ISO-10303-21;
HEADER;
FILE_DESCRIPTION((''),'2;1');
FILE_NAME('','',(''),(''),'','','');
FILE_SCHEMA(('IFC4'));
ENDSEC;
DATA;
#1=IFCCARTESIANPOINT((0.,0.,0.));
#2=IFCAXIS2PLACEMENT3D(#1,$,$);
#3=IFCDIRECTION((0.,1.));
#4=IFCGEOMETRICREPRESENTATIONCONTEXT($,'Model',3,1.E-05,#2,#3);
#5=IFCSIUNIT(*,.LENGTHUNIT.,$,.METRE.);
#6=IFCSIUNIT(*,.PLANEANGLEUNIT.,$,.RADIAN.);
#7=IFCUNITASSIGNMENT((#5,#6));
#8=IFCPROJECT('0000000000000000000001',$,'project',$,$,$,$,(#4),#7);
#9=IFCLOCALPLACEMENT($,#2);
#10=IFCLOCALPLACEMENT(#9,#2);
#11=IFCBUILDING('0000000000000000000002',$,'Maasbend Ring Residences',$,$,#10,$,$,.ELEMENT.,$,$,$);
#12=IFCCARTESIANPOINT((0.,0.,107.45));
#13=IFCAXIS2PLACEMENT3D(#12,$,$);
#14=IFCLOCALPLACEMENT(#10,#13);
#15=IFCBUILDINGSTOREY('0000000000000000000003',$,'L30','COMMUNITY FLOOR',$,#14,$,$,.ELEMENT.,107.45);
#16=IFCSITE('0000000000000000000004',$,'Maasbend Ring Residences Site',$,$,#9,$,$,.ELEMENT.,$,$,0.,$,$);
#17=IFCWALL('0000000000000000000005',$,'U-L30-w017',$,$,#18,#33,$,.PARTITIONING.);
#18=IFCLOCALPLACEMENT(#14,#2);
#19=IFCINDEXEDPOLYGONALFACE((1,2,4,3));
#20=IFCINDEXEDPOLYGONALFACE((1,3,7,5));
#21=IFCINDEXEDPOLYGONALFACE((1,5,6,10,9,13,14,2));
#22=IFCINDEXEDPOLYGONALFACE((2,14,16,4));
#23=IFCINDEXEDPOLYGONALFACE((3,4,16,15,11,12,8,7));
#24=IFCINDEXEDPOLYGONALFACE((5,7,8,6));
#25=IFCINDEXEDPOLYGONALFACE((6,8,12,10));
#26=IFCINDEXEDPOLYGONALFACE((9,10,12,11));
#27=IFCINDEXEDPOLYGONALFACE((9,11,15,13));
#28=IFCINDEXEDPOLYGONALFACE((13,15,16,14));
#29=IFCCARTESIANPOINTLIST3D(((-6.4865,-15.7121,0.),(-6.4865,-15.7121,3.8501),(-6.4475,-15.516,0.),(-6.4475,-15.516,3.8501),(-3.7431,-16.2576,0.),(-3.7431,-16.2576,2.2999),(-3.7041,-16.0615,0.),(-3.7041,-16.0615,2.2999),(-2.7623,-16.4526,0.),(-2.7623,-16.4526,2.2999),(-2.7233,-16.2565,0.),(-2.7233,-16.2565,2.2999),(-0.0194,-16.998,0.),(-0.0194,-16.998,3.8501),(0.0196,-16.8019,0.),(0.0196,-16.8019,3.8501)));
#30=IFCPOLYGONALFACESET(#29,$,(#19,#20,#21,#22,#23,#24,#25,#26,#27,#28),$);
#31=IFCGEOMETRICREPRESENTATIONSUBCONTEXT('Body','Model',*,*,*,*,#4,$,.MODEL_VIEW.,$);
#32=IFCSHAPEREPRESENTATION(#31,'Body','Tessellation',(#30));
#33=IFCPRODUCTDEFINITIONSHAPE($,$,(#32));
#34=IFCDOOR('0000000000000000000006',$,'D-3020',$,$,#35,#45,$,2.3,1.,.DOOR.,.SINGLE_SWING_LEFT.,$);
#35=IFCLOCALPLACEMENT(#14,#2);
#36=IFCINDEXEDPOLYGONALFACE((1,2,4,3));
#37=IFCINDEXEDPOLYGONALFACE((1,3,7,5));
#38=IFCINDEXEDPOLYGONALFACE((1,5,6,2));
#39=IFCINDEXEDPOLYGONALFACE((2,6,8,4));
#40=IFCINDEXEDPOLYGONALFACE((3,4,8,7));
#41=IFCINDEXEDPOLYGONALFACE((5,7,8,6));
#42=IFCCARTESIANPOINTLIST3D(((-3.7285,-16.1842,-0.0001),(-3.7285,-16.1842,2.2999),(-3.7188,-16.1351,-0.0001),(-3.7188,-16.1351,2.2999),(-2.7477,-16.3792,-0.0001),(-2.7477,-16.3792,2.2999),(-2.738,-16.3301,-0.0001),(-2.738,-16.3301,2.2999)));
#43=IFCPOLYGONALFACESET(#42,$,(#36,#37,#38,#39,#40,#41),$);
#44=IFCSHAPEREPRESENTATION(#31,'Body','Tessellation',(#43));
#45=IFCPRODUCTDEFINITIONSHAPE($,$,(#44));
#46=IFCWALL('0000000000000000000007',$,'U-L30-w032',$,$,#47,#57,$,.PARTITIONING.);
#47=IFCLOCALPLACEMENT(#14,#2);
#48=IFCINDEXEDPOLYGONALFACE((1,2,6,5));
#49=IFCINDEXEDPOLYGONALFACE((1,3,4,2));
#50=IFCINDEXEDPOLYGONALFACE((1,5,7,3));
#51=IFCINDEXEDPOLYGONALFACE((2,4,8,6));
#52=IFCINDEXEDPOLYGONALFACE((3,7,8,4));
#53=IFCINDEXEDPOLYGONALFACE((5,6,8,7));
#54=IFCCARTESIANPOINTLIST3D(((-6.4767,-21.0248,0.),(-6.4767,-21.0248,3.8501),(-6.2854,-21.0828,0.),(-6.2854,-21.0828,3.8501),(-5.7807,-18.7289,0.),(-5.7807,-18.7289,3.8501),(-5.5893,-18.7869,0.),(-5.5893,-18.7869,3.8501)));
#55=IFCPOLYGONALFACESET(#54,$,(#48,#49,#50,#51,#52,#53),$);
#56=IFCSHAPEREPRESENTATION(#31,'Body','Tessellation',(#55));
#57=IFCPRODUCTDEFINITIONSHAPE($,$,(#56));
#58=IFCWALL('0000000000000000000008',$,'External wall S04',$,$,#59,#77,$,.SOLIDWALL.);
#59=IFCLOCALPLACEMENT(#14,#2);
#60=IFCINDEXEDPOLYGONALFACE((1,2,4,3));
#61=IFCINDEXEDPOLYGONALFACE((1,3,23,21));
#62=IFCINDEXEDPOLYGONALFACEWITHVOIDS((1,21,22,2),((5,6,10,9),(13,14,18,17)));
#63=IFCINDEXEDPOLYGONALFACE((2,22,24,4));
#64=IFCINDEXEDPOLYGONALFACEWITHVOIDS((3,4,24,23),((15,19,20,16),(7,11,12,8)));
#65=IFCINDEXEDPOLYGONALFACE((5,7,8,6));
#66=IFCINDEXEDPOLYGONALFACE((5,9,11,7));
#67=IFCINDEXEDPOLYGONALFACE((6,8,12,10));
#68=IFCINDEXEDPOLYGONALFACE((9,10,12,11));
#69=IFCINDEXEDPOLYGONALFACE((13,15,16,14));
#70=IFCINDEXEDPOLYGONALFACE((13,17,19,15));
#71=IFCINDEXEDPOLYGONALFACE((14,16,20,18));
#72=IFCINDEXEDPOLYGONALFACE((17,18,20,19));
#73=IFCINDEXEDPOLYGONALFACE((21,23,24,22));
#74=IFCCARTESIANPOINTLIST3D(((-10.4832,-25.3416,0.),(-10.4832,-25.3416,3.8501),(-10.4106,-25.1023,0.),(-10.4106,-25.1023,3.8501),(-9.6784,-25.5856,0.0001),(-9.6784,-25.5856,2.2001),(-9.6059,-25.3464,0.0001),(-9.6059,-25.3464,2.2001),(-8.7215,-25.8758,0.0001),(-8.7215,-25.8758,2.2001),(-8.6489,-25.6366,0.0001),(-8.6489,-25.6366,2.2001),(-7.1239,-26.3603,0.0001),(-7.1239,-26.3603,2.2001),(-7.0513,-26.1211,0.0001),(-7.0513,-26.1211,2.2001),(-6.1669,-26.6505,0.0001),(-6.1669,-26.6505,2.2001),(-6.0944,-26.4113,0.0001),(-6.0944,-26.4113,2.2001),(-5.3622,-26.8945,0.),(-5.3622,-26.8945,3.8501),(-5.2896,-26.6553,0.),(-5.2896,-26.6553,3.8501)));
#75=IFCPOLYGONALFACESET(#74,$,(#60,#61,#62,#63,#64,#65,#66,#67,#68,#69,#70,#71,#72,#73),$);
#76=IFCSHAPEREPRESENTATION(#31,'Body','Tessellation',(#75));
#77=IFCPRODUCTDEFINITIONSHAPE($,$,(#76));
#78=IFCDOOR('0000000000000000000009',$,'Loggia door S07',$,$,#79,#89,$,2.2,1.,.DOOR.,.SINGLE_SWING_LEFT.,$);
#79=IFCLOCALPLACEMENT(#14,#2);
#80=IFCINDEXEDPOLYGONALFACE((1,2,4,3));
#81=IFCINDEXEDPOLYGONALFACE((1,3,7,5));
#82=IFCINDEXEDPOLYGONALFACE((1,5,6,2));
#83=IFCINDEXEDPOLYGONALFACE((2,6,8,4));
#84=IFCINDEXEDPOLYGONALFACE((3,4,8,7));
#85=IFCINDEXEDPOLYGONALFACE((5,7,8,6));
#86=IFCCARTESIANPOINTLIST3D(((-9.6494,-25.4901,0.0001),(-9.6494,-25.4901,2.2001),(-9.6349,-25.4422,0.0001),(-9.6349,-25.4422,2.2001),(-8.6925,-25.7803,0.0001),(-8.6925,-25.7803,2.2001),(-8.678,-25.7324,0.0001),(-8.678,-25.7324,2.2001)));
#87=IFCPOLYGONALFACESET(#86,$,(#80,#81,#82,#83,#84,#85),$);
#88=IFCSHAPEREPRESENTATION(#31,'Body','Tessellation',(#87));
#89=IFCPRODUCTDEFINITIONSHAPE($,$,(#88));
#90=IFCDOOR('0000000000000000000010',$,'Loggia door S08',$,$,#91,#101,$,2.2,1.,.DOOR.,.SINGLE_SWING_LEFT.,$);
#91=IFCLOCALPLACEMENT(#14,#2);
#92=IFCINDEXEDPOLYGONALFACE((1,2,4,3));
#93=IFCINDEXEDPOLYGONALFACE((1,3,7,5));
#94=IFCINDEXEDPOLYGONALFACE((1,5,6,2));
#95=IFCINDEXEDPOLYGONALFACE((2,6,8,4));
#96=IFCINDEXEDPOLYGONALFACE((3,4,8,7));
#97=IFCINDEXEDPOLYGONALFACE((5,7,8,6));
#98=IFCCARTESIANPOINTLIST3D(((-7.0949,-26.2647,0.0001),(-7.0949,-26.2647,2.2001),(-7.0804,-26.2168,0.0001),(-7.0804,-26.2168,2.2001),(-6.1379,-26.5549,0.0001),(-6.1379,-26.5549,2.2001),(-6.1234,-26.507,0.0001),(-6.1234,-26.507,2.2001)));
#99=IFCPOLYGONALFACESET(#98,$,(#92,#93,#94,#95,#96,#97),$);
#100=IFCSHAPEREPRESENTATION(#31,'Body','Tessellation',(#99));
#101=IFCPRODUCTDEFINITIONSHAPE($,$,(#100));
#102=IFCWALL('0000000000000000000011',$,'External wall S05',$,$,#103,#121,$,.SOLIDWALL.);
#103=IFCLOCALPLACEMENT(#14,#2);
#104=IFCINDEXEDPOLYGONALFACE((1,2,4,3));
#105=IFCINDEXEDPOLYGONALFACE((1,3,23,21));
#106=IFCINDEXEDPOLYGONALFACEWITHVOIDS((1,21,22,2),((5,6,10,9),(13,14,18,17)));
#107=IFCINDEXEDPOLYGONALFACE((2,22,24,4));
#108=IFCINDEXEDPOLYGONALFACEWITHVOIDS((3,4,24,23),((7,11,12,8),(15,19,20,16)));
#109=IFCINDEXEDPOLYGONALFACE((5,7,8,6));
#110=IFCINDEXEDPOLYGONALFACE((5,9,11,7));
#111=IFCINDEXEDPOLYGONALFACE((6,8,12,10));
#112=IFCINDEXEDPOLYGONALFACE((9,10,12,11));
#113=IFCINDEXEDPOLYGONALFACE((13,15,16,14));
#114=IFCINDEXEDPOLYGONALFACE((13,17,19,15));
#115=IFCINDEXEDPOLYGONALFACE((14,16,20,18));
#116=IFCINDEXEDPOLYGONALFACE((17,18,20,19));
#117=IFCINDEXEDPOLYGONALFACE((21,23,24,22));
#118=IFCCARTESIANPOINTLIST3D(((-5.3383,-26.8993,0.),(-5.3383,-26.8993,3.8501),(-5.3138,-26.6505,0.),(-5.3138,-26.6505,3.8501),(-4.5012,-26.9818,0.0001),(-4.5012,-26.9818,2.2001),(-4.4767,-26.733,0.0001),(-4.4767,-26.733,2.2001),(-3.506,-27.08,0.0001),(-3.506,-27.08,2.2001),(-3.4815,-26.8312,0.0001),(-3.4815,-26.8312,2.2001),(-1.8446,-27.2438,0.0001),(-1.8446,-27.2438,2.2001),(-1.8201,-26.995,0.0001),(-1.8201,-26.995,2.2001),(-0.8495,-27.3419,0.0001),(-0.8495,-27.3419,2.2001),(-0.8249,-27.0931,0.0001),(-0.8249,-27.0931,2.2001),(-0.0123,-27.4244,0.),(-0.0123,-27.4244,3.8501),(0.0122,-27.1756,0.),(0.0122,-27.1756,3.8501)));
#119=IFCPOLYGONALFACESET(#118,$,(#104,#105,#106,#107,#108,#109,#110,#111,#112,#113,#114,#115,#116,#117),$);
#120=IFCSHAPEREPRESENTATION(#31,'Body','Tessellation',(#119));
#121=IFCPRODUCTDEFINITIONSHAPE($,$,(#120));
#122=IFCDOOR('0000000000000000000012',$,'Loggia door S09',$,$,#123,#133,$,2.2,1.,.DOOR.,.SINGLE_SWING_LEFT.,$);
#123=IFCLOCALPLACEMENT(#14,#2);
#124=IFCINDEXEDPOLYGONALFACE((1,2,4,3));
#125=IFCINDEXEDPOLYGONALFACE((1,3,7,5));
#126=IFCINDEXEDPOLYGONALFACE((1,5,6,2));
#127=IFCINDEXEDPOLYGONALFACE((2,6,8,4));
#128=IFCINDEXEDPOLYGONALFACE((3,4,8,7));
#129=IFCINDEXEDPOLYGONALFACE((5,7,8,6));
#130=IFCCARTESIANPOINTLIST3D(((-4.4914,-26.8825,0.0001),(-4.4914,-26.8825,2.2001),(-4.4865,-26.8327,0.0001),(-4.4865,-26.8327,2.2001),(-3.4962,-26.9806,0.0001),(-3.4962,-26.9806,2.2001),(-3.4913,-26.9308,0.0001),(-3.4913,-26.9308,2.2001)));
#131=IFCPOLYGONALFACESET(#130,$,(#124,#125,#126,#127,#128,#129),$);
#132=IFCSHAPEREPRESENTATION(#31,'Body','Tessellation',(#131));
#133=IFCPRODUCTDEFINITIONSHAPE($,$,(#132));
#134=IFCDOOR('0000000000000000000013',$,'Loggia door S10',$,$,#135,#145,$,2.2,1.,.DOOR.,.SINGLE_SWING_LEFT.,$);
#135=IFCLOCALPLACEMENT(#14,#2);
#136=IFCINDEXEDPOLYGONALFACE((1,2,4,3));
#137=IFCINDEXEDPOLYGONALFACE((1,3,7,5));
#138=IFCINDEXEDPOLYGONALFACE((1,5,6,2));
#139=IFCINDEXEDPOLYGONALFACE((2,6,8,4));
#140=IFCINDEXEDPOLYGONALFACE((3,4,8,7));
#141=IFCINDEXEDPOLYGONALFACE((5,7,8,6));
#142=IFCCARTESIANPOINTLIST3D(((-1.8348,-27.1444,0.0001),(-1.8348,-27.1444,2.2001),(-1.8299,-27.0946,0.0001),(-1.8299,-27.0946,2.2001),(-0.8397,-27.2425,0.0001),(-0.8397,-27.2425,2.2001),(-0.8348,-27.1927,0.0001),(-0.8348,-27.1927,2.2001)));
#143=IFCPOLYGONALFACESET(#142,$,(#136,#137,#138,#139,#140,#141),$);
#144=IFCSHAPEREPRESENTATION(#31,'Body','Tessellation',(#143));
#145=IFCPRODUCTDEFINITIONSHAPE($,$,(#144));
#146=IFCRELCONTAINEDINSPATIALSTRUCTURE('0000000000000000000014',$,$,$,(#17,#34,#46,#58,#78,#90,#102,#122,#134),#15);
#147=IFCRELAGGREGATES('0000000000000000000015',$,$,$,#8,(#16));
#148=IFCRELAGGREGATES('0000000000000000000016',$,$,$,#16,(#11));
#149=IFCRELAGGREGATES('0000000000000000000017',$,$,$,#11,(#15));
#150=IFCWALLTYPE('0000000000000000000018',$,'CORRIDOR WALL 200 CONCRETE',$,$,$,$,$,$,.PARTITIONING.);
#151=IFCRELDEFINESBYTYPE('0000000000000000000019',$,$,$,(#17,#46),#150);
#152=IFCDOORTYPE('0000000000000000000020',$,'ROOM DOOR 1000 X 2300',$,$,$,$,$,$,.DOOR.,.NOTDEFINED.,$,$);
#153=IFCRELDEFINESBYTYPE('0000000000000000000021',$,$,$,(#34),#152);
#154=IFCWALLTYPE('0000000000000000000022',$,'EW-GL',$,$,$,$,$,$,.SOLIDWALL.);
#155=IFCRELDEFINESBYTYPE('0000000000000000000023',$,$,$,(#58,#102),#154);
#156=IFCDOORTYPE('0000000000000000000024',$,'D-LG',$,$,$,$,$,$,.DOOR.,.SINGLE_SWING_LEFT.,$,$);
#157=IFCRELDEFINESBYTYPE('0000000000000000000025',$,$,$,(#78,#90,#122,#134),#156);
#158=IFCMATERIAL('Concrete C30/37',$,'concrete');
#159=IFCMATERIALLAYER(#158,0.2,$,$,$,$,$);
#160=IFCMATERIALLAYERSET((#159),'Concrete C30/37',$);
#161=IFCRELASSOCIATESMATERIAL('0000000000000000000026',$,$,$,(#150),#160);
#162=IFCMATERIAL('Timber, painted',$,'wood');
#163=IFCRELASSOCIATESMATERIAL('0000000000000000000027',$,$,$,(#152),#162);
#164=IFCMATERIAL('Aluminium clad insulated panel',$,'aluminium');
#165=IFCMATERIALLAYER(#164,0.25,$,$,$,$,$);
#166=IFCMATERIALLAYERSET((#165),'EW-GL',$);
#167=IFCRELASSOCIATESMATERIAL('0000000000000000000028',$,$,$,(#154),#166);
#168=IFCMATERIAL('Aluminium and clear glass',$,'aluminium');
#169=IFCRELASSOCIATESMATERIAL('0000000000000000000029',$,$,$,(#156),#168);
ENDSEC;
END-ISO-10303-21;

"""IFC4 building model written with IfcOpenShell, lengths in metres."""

from ifc_helpers import new_model, si_unit, direction, frame, frame_2d, origin, place, context, subcontext, project, spatial, rectangle, extrude, material, layer, layer_set, type_object, element, fill, save


model = new_model("IFC4")

# Units and contexts
model_context = context("Model", 3, precision=1e-05, world=origin(), true_north=direction((0.0, 1.0)))
body_context = subcontext(model_context, "Body", "Model", "MODEL_VIEW")
ifc_project = project(units=[si_unit("LENGTHUNIT", "METRE"), si_unit("PLANEANGLEUNIT", "RADIAN")], contexts=[model_context])

# Site, building, storey
site_placement = place(None, origin())
site = spatial("IfcSite", under=ifc_project, at=site_placement, Name="Maasbend Ring Residences Site", CompositionType="ELEMENT", RefElevation=0.0)
building_placement = place(site_placement, origin())
building = spatial("IfcBuilding", under=site, at=building_placement, Name="Maasbend Ring Residences", CompositionType="ELEMENT")
storey_placement = place(building_placement, frame((0.0, 0.0, 107.45)))
storey = spatial("IfcBuildingStorey", under=building, at=storey_placement, Name="L30", Description="COMMUNITY FLOOR", CompositionType="ELEMENT", Elevation=107.45)

# Shared definitions
ifc_material_1 = material(Name="Concrete C30/37", Category="concrete")
ifc_layer_1 = layer(ifc_material_1, 0.2)
ifc_layer_set_1 = layer_set([ifc_layer_1], Name="Concrete C30/37")
wall_type_1 = type_object("IfcWallType", Name="CORRIDOR WALL 200 CONCRETE", PredefinedType="PARTITIONING", material=ifc_layer_set_1)

# Wall, opening, door
wall_1_placement = place(storey_placement, frame((-6.467, -15.614, 0.0), z_axis=(0.0, 0.0, 1.0), x_axis=(0.980799, -0.195019, 0.0)))
wall_1 = element("IfcWall", 1, at=wall_1_placement, inside=storey, type_object=wall_type_1, Name="U-L30-w017", PredefinedType="PARTITIONING", context=body_context, shape_type="SweptSolid", body=[
    extrude(rectangle(XDim=6.5938, YDim=0.2, at=frame_2d((3.2969, 0.0))), origin(), (0.0, 0.0, 1.0), 3.8501),
])
opening_1_placement = place(wall_1_placement, frame((2.7971, 0.0, 0.0)))
opening_1 = element("IfcOpeningElement", 2, at=opening_1_placement, cuts=wall_1, PredefinedType="OPENING", context=body_context, shape_type="SweptSolid", body=[
    extrude(rectangle(XDim=1.0, YDim=2.3, at=frame_2d((0.5, 1.1499))), frame((0.0, 0.1099, 0.0), z_axis=(0.0, -1.0, 0.0), x_axis=(1.0, 0.0, 0.0)), (0.0, 0.0, 1.0), 0.22),
])
ifc_material_2 = material(Name="Timber, painted", Category="wood")
door_type_1 = type_object("IfcDoorType", Name="ROOM DOOR 1000 X 2300", OperationType="NOTDEFINED", PredefinedType="DOOR", material=ifc_material_2)
door_1_placement = place(opening_1_placement, origin())
door_1 = element("IfcDoor", 3, at=door_1_placement, inside=storey, type_object=door_type_1, Name="D-3020", OperationType="SINGLE_SWING_LEFT", OverallHeight=2.3, OverallWidth=1.0, PredefinedType="DOOR", context=body_context, shape_type="SweptSolid", body=[
    extrude(rectangle(XDim=1.0, YDim=2.3, at=frame_2d((0.5, 1.1499))), frame((0.0, 0.0249, 0.0), z_axis=(0.0, -1.0, 0.0), x_axis=(1.0, 0.0, 0.0)), (0.0, 0.0, 1.0), 0.05),
])
fill(opening_1, door_1)

# Wall
wall_2_placement = place(storey_placement, frame((-6.3811, -21.054, 0.0), z_axis=(0.0, 0.0, 1.0), x_axis=(0.290129, 0.956988, 0.0)))
element("IfcWall", 4, at=wall_2_placement, inside=storey, type_object=wall_type_1, Name="U-L30-w032", PredefinedType="PARTITIONING", context=body_context, shape_type="SweptSolid", body=[
    extrude(rectangle(XDim=2.3992, YDim=0.2, at=frame_2d((1.1997, 0.0))), origin(), (0.0, 0.0, 1.0), 3.8501),
])

# Walls, openings, doors
ifc_material_3 = material(Name="Aluminium clad insulated panel", Category="aluminium")
ifc_layer_2 = layer(ifc_material_3, 0.25)
ifc_layer_set_2 = layer_set([ifc_layer_2], Name="EW-GL")
wall_type_2 = type_object("IfcWallType", Name="EW-GL", PredefinedType="SOLIDWALL", material=ifc_layer_set_2)
wall_3_placement = place(storey_placement, frame((-10.447, -25.2219, 0.0), z_axis=(0.0, 0.0, 1.0), x_axis=(0.956966, -0.290201, 0.0)))
wall_3 = element("IfcWall", 5, at=wall_3_placement, inside=storey, type_object=wall_type_2, Name="External wall S04", PredefinedType="SOLIDWALL", context=body_context, shape_type="SweptSolid", body=[
    extrude(rectangle(XDim=5.3513, YDim=0.25, at=frame_2d((2.6758, 0.0))), origin(), (0.0, 0.0, 1.0), 3.8501),
])
opening_2_placement = place(wall_3_placement, frame((0.8411, 0.0, 0.0)))
opening_2 = element("IfcOpeningElement", 6, at=opening_2_placement, cuts=wall_3, PredefinedType="OPENING", context=body_context, shape_type="SweptSolid", body=[
    extrude(rectangle(XDim=1.0, YDim=2.2, at=frame_2d((0.5, 1.1001))), frame((0.0, 0.135, 0.0), z_axis=(0.0, -1.0, 0.0), x_axis=(1.0, 0.0, 0.0)), (0.0, 0.0, 1.0), 0.27),
])
opening_3_placement = place(wall_3_placement, frame((3.5105, 0.0, 0.0)))
opening_3 = element("IfcOpeningElement", 7, at=opening_3_placement, cuts=wall_3, PredefinedType="OPENING", context=body_context, shape_type="SweptSolid", body=[
    extrude(rectangle(XDim=1.0, YDim=2.2, at=frame_2d((0.5, 1.1001))), frame((0.0, 0.135, 0.0), z_axis=(0.0, -1.0, 0.0), x_axis=(1.0, 0.0, 0.0)), (0.0, 0.0, 1.0), 0.27),
])
ifc_material_4 = material(Name="Aluminium and clear glass", Category="aluminium")
door_type_2 = type_object("IfcDoorType", Name="D-LG", OperationType="SINGLE_SWING_LEFT", PredefinedType="DOOR", material=ifc_material_4)
door_2_placement = place(opening_2_placement, origin())
door_2 = element("IfcDoor", 8, at=door_2_placement, inside=storey, type_object=door_type_2, Name="Loggia door S07", OperationType="SINGLE_SWING_LEFT", OverallHeight=2.2, OverallWidth=1.0, PredefinedType="DOOR", context=body_context, shape_type="SweptSolid", body=[
    extrude(rectangle(XDim=1.0, YDim=2.2, at=frame_2d((0.5, 1.1001))), frame((0.0, 0.0249, 0.0), z_axis=(0.0, -1.0, 0.0), x_axis=(1.0, 0.0, 0.0)), (0.0, 0.0, 1.0), 0.05),
])
fill(opening_2, door_2)
door_3_placement = place(opening_3_placement, origin())
door_3 = element("IfcDoor", 9, at=door_3_placement, inside=storey, type_object=door_type_2, Name="Loggia door S08", OperationType="SINGLE_SWING_LEFT", OverallHeight=2.2, OverallWidth=1.0, PredefinedType="DOOR", context=body_context, shape_type="SweptSolid", body=[
    extrude(rectangle(XDim=1.0, YDim=2.2, at=frame_2d((0.5, 1.1001))), frame((0.0, 0.0249, 0.0), z_axis=(0.0, -1.0, 0.0), x_axis=(1.0, 0.0, 0.0)), (0.0, 0.0, 1.0), 0.05),
])
fill(opening_3, door_3)
wall_4_placement = place(storey_placement, frame((-5.3259, -26.7749, 0.0), z_axis=(0.0, 0.0, 1.0), x_axis=(0.995174, -0.098126, 0.0)))
wall_4 = element("IfcWall", 10, at=wall_4_placement, inside=storey, type_object=wall_type_2, Name="External wall S05", PredefinedType="SOLIDWALL", context=body_context, shape_type="SweptSolid", body=[
    extrude(rectangle(XDim=5.3518, YDim=0.25, at=frame_2d((2.6758, 0.0))), origin(), (0.0, 0.0, 1.0), 3.8501),
])
opening_4_placement = place(wall_4_placement, frame((0.8411, 0.0, 0.0)))
opening_4 = element("IfcOpeningElement", 11, at=opening_4_placement, cuts=wall_4, PredefinedType="OPENING", context=body_context, shape_type="SweptSolid", body=[
    extrude(rectangle(XDim=1.0, YDim=2.2, at=frame_2d((0.5, 1.1001))), frame((0.0, 0.135, 0.0), z_axis=(0.0, -1.0, 0.0), x_axis=(1.0, 0.0, 0.0)), (0.0, 0.0, 1.0), 0.27),
])
opening_5_placement = place(wall_4_placement, frame((3.5105, 0.0, 0.0)))
opening_5 = element("IfcOpeningElement", 12, at=opening_5_placement, cuts=wall_4, PredefinedType="OPENING", context=body_context, shape_type="SweptSolid", body=[
    extrude(rectangle(XDim=1.0, YDim=2.2, at=frame_2d((0.5, 1.1001))), frame((0.0, 0.135, 0.0), z_axis=(0.0, -1.0, 0.0), x_axis=(1.0, 0.0, 0.0)), (0.0, 0.0, 1.0), 0.27),
])
door_4_placement = place(opening_4_placement, origin())
door_4 = element("IfcDoor", 13, at=door_4_placement, inside=storey, type_object=door_type_2, Name="Loggia door S09", OperationType="SINGLE_SWING_LEFT", OverallHeight=2.2, OverallWidth=1.0, PredefinedType="DOOR", context=body_context, shape_type="SweptSolid", body=[
    extrude(rectangle(XDim=1.0, YDim=2.2, at=frame_2d((0.5, 1.1001))), frame((0.0, 0.0249, 0.0), z_axis=(0.0, -1.0, 0.0), x_axis=(1.0, 0.0, 0.0)), (0.0, 0.0, 1.0), 0.05),
])
fill(opening_4, door_4)
door_5_placement = place(opening_5_placement, origin())
door_5 = element("IfcDoor", 14, at=door_5_placement, inside=storey, type_object=door_type_2, Name="Loggia door S10", OperationType="SINGLE_SWING_LEFT", OverallHeight=2.2, OverallWidth=1.0, PredefinedType="DOOR", context=body_context, shape_type="SweptSolid", body=[
    extrude(rectangle(XDim=1.0, YDim=2.2, at=frame_2d((0.5, 1.1001))), frame((0.0, 0.0249, 0.0), z_axis=(0.0, -1.0, 0.0), x_axis=(1.0, 0.0, 0.0)), (0.0, 0.0, 1.0), 0.05),
])
fill(opening_5, door_5)

save(model, "model.ifc")
